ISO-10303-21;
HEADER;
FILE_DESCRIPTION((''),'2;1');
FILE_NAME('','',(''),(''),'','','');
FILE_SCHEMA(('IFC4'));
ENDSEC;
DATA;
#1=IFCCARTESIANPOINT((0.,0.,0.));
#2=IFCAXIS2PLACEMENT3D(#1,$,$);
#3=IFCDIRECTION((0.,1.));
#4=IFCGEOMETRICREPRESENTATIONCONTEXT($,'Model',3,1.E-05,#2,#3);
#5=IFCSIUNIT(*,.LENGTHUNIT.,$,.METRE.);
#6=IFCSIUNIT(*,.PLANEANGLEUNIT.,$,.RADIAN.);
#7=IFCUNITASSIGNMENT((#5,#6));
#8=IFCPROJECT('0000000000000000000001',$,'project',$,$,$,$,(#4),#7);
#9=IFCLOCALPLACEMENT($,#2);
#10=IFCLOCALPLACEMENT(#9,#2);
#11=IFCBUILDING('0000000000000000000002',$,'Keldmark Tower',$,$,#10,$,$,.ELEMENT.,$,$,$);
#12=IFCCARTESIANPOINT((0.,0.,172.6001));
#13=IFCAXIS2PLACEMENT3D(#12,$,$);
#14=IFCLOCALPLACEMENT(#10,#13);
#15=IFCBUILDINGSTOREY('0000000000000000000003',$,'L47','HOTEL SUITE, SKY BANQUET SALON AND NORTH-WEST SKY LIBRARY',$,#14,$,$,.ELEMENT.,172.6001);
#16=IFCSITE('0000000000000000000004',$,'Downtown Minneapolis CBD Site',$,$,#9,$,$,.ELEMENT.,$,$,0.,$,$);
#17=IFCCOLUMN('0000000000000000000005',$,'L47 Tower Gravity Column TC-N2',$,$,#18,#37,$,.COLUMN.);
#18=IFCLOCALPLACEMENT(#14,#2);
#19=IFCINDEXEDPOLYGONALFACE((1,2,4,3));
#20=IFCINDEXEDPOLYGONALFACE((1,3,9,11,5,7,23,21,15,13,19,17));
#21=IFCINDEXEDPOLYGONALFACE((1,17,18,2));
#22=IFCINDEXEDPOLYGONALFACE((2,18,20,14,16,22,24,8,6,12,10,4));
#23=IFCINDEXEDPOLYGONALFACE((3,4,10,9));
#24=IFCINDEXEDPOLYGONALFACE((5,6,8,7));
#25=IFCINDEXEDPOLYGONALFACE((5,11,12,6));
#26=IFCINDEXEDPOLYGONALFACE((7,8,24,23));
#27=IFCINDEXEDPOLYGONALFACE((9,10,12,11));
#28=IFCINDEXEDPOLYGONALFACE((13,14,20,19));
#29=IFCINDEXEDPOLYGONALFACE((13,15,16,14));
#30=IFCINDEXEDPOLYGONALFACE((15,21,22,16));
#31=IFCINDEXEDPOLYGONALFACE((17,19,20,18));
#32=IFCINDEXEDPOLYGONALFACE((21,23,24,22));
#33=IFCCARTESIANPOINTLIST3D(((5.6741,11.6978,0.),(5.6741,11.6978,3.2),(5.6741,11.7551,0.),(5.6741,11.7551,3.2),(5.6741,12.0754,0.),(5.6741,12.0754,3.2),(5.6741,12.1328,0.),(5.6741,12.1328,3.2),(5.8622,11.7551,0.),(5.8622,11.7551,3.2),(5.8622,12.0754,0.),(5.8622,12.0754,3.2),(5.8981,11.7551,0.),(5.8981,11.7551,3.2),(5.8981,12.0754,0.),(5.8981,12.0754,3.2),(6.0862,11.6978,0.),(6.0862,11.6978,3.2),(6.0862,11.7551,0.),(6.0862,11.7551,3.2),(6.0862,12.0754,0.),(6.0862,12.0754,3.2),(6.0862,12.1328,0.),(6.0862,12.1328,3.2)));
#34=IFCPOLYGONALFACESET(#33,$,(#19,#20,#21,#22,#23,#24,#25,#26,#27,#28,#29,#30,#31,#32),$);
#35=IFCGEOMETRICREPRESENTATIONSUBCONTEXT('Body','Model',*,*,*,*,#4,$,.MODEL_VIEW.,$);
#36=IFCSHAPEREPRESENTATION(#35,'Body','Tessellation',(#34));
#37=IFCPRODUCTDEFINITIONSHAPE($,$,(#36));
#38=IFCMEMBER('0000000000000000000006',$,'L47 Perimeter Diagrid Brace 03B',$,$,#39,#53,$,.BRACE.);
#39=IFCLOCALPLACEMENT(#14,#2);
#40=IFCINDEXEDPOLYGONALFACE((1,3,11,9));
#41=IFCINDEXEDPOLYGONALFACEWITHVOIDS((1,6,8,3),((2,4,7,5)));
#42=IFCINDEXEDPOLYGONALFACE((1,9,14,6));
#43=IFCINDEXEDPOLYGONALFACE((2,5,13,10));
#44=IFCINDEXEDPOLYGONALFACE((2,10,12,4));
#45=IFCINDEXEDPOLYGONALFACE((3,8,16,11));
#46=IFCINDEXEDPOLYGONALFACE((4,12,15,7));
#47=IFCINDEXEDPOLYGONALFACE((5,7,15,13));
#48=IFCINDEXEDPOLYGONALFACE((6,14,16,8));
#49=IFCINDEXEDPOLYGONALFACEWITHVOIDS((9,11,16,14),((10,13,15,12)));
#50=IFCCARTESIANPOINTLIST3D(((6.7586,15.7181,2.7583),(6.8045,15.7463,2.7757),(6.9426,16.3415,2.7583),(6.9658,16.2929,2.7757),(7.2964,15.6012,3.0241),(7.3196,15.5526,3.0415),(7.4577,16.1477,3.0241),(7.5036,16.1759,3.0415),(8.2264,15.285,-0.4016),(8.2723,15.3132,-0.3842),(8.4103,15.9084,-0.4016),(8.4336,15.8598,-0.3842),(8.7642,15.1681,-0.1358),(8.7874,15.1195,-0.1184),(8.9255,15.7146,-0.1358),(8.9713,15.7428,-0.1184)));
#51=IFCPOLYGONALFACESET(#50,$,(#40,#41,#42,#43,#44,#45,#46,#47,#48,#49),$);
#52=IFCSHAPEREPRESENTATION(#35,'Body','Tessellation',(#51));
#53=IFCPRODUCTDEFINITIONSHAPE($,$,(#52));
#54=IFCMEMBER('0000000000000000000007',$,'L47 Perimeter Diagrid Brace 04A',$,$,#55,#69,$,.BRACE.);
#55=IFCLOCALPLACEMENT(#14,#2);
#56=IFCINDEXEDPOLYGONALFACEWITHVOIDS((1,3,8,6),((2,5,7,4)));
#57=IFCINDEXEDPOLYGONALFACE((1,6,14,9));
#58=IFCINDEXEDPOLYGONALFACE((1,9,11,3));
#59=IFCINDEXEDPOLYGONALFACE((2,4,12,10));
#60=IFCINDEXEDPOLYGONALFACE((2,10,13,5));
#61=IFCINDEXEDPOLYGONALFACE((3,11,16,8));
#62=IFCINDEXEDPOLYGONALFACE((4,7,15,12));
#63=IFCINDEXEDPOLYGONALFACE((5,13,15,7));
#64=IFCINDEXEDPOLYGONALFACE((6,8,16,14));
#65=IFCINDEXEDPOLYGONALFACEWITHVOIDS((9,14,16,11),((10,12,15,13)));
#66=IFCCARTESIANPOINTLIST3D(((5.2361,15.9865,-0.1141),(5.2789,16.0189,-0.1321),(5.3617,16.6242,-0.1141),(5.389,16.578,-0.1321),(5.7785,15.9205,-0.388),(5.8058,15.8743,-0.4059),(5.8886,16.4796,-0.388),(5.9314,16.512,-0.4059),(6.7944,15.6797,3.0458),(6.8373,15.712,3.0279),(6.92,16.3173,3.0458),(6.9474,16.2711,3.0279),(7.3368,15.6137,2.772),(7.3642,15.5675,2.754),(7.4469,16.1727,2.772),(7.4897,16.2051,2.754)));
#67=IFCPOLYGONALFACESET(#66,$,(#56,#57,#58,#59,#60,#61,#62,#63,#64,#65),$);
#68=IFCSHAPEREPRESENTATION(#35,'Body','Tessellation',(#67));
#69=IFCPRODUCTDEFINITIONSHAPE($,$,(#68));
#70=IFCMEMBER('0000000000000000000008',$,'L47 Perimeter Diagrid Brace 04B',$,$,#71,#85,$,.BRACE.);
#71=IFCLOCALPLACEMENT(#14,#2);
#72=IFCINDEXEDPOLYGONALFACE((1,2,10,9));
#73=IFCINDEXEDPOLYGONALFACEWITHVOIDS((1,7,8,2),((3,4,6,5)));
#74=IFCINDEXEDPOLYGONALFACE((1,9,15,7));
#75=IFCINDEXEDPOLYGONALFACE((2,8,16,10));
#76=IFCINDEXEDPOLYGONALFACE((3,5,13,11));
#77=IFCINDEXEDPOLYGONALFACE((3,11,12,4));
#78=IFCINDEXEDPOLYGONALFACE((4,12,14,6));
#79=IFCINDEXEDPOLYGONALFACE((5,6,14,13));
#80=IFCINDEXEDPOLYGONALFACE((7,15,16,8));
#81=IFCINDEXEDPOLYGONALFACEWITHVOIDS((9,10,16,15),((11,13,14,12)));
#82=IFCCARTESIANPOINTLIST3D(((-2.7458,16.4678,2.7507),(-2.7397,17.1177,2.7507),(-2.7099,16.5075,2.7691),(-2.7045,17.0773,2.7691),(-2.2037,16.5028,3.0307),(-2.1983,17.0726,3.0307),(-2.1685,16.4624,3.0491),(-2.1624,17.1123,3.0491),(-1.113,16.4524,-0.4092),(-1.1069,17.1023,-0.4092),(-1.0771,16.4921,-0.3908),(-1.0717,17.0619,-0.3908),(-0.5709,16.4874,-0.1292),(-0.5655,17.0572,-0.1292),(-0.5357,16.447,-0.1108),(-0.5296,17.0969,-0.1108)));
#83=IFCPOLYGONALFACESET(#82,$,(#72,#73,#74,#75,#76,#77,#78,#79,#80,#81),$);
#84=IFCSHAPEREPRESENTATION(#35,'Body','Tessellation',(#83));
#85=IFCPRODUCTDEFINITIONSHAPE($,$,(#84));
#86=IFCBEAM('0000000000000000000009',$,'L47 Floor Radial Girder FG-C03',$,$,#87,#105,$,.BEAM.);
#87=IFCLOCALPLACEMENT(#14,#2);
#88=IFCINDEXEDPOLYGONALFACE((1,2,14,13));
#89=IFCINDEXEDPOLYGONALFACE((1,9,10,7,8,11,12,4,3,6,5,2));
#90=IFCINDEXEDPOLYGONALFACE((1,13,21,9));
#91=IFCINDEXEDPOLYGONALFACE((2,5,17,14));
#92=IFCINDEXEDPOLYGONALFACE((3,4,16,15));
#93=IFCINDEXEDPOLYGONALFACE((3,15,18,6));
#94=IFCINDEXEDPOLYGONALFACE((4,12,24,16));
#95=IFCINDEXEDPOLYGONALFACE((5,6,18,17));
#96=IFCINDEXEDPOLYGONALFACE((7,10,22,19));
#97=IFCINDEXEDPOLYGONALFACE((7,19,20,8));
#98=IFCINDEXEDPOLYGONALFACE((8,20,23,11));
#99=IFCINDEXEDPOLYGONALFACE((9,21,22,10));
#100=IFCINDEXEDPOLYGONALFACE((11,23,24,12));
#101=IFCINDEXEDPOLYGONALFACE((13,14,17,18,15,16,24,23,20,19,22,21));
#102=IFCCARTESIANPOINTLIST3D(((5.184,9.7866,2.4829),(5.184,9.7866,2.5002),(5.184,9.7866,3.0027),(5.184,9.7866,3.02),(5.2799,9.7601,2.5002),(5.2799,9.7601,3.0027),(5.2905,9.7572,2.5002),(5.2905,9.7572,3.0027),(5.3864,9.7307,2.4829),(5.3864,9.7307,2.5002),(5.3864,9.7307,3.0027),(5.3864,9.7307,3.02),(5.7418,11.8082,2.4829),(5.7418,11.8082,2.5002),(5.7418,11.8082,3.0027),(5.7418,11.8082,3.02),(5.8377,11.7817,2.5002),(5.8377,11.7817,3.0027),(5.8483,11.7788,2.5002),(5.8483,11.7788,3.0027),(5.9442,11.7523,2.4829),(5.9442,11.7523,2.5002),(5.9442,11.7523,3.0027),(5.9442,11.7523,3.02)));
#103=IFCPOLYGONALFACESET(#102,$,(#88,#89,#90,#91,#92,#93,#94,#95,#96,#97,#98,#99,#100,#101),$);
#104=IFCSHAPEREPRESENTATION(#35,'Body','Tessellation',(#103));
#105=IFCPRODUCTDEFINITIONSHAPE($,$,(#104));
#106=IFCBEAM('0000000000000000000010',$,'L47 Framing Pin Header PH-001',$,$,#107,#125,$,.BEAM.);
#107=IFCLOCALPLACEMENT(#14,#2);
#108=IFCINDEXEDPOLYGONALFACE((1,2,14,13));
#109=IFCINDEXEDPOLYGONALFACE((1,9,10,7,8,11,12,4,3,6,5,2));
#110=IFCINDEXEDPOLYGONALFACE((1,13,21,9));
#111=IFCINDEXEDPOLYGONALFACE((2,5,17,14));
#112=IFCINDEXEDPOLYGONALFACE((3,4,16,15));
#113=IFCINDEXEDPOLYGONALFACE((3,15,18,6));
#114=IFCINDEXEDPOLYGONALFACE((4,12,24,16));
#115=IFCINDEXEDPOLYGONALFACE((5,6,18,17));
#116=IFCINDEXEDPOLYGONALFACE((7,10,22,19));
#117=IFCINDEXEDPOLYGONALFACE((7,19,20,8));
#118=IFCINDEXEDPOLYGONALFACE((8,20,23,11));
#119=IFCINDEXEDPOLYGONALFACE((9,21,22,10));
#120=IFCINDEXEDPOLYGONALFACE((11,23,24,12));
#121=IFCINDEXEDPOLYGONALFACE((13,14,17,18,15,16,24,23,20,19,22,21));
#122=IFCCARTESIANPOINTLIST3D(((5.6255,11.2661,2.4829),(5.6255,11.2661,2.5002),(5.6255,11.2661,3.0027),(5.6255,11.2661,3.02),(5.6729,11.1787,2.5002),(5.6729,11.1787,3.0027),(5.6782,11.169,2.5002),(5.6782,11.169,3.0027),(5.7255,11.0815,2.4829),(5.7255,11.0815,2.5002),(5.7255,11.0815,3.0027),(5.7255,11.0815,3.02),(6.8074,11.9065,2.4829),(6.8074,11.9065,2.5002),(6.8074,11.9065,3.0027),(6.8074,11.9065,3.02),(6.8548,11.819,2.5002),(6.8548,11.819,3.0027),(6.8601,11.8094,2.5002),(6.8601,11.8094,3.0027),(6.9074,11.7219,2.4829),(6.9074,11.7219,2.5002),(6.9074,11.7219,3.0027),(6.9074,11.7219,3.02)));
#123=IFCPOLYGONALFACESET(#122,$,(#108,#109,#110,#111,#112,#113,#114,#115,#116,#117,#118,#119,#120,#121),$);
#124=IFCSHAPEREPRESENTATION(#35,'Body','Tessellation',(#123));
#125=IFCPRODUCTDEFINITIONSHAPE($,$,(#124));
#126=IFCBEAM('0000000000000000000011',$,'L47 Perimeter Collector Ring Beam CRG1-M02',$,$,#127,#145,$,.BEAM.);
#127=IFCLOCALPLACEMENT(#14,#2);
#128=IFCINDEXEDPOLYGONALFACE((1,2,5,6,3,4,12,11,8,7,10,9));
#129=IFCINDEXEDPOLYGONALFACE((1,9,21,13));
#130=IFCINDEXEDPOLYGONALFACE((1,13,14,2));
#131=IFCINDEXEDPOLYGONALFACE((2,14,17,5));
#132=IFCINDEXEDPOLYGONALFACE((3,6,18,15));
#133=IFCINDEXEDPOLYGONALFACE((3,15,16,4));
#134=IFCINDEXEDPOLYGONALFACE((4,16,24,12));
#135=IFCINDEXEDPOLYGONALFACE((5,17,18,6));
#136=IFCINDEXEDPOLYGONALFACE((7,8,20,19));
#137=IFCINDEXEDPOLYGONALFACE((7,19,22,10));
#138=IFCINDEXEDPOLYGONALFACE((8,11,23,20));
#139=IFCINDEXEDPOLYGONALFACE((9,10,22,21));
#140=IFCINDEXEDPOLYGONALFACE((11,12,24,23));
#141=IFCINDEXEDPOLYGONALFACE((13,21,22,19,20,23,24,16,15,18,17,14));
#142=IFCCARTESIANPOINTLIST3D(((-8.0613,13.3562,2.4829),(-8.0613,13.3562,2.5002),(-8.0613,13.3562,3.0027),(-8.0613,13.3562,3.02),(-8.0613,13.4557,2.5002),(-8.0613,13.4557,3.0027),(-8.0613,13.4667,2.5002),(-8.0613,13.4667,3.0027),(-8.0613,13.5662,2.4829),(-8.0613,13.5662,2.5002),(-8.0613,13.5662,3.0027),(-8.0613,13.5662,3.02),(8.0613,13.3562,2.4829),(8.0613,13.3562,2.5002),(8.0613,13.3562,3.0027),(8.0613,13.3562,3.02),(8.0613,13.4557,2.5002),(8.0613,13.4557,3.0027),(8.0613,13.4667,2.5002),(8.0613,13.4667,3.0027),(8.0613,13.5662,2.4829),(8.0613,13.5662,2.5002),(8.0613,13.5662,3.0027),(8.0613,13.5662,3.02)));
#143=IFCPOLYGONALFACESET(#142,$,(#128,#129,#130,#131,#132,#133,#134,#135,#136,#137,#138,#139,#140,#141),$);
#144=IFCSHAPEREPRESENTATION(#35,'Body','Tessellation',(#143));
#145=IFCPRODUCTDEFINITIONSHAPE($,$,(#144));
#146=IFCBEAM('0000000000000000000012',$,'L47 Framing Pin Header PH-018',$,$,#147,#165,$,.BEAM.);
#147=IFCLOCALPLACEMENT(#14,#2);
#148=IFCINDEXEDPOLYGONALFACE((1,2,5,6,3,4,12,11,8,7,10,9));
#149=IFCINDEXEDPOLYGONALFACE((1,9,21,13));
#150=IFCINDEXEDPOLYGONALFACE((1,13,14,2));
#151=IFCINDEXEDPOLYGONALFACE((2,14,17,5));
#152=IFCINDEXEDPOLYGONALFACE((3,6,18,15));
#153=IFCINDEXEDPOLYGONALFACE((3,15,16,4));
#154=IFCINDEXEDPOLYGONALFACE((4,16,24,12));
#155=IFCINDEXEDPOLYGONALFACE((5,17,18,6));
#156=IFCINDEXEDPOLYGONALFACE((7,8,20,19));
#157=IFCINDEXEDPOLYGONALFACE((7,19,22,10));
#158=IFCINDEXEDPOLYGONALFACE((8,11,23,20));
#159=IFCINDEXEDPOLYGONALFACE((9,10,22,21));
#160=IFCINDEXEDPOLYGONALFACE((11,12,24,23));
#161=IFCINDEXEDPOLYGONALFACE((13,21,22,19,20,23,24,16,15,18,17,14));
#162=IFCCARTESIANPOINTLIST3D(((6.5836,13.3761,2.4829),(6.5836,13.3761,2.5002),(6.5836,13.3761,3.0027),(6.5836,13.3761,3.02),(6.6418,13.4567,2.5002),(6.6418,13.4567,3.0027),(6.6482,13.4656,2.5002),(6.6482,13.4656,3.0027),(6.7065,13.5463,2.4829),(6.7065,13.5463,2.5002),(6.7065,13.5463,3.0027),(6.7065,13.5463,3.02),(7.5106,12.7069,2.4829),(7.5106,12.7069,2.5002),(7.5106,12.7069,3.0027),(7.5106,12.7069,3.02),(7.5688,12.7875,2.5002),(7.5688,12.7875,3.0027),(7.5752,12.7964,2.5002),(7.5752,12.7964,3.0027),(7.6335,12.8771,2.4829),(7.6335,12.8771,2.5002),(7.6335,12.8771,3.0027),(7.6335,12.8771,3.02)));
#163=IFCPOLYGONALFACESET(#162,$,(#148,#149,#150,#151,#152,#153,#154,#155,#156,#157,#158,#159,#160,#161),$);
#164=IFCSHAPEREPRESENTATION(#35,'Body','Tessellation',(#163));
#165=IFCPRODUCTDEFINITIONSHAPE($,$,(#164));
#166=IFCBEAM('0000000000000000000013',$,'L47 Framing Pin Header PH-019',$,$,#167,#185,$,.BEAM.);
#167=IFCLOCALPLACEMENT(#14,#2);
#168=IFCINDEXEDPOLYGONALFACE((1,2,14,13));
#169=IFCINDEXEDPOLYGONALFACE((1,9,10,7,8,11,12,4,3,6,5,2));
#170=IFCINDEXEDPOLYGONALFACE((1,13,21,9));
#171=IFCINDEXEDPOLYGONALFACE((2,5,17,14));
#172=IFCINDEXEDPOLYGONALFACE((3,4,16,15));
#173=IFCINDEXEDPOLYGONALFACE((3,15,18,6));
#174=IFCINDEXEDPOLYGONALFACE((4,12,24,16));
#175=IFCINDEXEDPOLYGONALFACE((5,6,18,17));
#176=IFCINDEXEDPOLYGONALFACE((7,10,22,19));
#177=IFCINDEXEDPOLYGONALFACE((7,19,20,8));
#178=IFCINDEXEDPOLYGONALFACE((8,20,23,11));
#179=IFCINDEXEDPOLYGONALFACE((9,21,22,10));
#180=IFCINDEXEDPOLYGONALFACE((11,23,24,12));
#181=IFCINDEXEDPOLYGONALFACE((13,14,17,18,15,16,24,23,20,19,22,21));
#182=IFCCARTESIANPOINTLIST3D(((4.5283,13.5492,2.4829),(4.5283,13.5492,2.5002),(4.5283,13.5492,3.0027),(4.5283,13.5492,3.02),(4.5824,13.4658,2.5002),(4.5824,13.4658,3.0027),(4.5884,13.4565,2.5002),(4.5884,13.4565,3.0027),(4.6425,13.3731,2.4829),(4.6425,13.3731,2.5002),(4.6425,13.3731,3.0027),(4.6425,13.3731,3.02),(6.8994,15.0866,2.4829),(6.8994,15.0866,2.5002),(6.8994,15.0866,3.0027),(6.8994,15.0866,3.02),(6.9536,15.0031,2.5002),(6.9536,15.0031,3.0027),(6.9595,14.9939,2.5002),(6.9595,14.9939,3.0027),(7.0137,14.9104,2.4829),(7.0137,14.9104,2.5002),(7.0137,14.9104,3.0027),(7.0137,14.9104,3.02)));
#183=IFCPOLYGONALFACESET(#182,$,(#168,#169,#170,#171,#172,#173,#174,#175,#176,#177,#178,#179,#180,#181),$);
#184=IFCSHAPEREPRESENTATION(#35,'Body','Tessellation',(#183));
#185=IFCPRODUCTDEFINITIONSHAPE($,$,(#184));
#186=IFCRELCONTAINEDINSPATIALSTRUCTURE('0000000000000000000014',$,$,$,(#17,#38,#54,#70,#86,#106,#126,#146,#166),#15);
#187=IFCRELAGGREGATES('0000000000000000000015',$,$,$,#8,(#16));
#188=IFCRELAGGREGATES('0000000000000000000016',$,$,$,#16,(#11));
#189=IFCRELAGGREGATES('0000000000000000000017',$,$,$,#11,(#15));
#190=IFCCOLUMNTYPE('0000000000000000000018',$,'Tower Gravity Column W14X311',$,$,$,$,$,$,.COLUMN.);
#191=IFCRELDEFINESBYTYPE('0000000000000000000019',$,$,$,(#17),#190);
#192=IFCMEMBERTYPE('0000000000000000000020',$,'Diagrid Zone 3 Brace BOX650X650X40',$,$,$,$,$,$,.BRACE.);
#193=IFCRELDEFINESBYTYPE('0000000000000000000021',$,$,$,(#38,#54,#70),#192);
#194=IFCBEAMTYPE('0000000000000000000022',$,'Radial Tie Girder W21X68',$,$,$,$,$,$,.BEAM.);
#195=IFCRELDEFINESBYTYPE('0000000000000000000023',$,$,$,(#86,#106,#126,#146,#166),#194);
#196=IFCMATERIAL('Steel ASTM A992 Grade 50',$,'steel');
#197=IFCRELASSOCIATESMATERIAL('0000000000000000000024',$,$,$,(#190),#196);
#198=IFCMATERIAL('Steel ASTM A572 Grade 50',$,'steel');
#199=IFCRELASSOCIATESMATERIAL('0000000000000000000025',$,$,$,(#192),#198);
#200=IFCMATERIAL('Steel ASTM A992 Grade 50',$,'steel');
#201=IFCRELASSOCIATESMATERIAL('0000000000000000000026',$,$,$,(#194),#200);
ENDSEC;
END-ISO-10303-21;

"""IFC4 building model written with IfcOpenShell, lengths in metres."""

from ifc_helpers import new_model, si_unit, direction, frame, origin, origin_2d, place, context, subcontext, project, spatial, hollow_rectangle, i_section, extrude, material, material_profile, profile_set, type_object, element, save


model = new_model("IFC4")

# Units and contexts
model_context = context("Model", 3, precision=1e-05, world=origin(), true_north=direction((0.0, 1.0)))
body_context = subcontext(model_context, "Body", "Model", "MODEL_VIEW")
ifc_project = project(units=[si_unit("LENGTHUNIT", "METRE"), si_unit("PLANEANGLEUNIT", "RADIAN")], contexts=[model_context])

# Site, building, storey
site_placement = place(None, origin())
site = spatial("IfcSite", under=ifc_project, at=site_placement, Name="Downtown Minneapolis CBD Site", CompositionType="ELEMENT", RefElevation=0.0)
building_placement = place(site_placement, origin())
building = spatial("IfcBuilding", under=site, at=building_placement, Name="Keldmark Tower", CompositionType="ELEMENT")
storey_placement = place(building_placement, frame((0.0, 0.0, 172.6001)))
storey = spatial("IfcBuildingStorey", under=building, at=storey_placement, Name="L47", Description="HOTEL SUITE, SKY BANQUET SALON AND NORTH-WEST SKY LIBRARY", CompositionType="ELEMENT", Elevation=172.6001)

# Column
ifc_material_1 = material(Name="Steel ASTM A992 Grade 50", Category="steel")
ifc_material_profile_1 = material_profile(ifc_material_1, i_section(OverallWidth=0.4121, OverallDepth=0.4351, WebThickness=0.0359, FlangeThickness=0.0574, at=origin_2d()), Name="W14X311")
ifc_profile_set_1 = profile_set([ifc_material_profile_1], Name="Steel ASTM A992 Grade 50")
column_type = type_object("IfcColumnType", Name="Tower Gravity Column W14X311", PredefinedType="COLUMN", material=ifc_profile_set_1)
column_placement = place(storey_placement, frame((5.8801, 11.9153, 0.0), z_axis=(0.0, 0.0, 1.0), x_axis=(1.0, 0.0, 0.0)))
element("IfcColumn", 1, at=column_placement, inside=storey, type_object=column_type, Name="L47 Tower Gravity Column TC-N2", PredefinedType="COLUMN", context=body_context, shape_type="SweptSolid", body=[
    extrude(i_section(OverallWidth=0.4121, OverallDepth=0.4351, WebThickness=0.0359, FlangeThickness=0.0574, at=origin_2d()), origin(), (0.0, 0.0, 1.0), 3.2),
])

# Members
ifc_material_2 = material(Name="Steel ASTM A572 Grade 50", Category="steel")
ifc_material_profile_2 = material_profile(ifc_material_2, hollow_rectangle(XDim=0.6499, YDim=0.6499, WallThickness=0.04, at=origin_2d()), Name="BOX650X650X40")
ifc_profile_set_2 = profile_set([ifc_material_profile_2], Name="Steel ASTM A572 Grade 50")
member_type = type_object("IfcMemberType", Name="Diagrid Zone 3 Brace BOX650X650X40", PredefinedType="BRACE", material=ifc_profile_set_2)
member_1_placement = place(storey_placement, frame((8.5989, 15.5139, -0.26), z_axis=(-0.418052, 0.123357, 0.900008), x_axis=(-0.283013, -0.959116, 0.0)))
element("IfcMember", 2, at=member_1_placement, inside=storey, type_object=member_type, Name="L47 Perimeter Diagrid Brace 03B", PredefinedType="BRACE", context=body_context, shape_type="SweptSolid", body=[
    extrude(hollow_rectangle(XDim=0.6499, YDim=0.6499, WallThickness=0.04, at=origin_2d()), origin(), (0.0, 0.0, 1.0), 3.511),
])
member_2_placement = place(storey_placement, frame((5.5837, 16.2493, -0.26), z_axis=(0.440633, -0.086773, 0.893484), x_axis=(0.193218, 0.981156, 0.0)))
element("IfcMember", 3, at=member_2_placement, inside=storey, type_object=member_type, Name="L47 Perimeter Diagrid Brace 04A", PredefinedType="BRACE", context=body_context, shape_type="SweptSolid", body=[
    extrude(hollow_rectangle(XDim=0.6499, YDim=0.6499, WallThickness=0.04, at=origin_2d()), origin(), (0.0, 0.0, 1.0), 3.5366),
])
member_3_placement = place(storey_placement, frame((-0.8213, 16.7747, -0.26), z_axis=(-0.459058, 0.004324, 0.888396), x_axis=(-0.009419, -0.999956, 0.0)))
element("IfcMember", 4, at=member_3_placement, inside=storey, type_object=member_type, Name="L47 Perimeter Diagrid Brace 04B", PredefinedType="BRACE", context=body_context, shape_type="SweptSolid", body=[
    extrude(hollow_rectangle(XDim=0.6499, YDim=0.6499, WallThickness=0.04, at=origin_2d()), origin(), (0.0, 0.0, 1.0), 3.5569),
])

# Beams
ifc_material_3 = material(Name="Steel ASTM A992 Grade 50", Category="steel")
ifc_material_profile_3 = material_profile(ifc_material_3, i_section(OverallWidth=0.21, OverallDepth=0.5371, WebThickness=0.011, FlangeThickness=0.0173, at=origin_2d()), Name="W21X68")
ifc_profile_set_3 = profile_set([ifc_material_profile_3], Name="Steel ASTM A992 Grade 50")
beam_type_1 = type_object("IfcBeamType", Name="Radial Tie Girder W21X68", PredefinedType="BEAM", material=ifc_profile_set_3)
beam_1_placement = place(storey_placement, frame((5.843, 11.7803, 2.7515), z_axis=(-0.265992, -0.963975, 0.0), x_axis=(0.963975, -0.265992, 0.0)))
element("IfcBeam", 5, at=beam_1_placement, inside=storey, type_object=beam_type_1, Name="L47 Floor Radial Girder FG-C03", PredefinedType="BEAM", context=body_context, shape_type="SweptSolid", body=[
    extrude(i_section(OverallWidth=0.21, OverallDepth=0.5371, WebThickness=0.011, FlangeThickness=0.0173, at=origin_2d()), origin(), (0.0, 0.0, 1.0), 2.0972),
])
beam_2_placement = place(storey_placement, frame((5.6755, 11.1738, 2.7515), z_axis=(0.879232, 0.476394, 0.0), x_axis=(-0.476394, 0.879232, 0.0)))
element("IfcBeam", 6, at=beam_2_placement, inside=storey, type_object=beam_type_1, Name="L47 Framing Pin Header PH-001", PredefinedType="BEAM", context=body_context, shape_type="SweptSolid", body=[
    extrude(i_section(OverallWidth=0.21, OverallDepth=0.5371, WebThickness=0.011, FlangeThickness=0.0173, at=origin_2d()), origin(), (0.0, 0.0, 1.0), 1.3442),
])
beam_3_placement = place(storey_placement, frame((8.0613, 13.4612, 2.7515), z_axis=(-1.0, 0.0, 0.0), x_axis=(0.0, -1.0, 0.0)))
element("IfcBeam", 7, at=beam_3_placement, inside=storey, type_object=beam_type_1, Name="L47 Perimeter Collector Ring Beam CRG1-M02", PredefinedType="BEAM", context=body_context, shape_type="SweptSolid", body=[
    extrude(i_section(OverallWidth=0.21, OverallDepth=0.5371, WebThickness=0.011, FlangeThickness=0.0173, at=origin_2d()), origin(), (0.0, 0.0, 1.0), 16.1226),
])
beam_4_placement = place(storey_placement, frame((7.572, 12.792, 2.7515), z_axis=(-0.810809, 0.585311, 0.0), x_axis=(-0.585311, -0.810809, 0.0)))
element("IfcBeam", 8, at=beam_4_placement, inside=storey, type_object=beam_type_1, Name="L47 Framing Pin Header PH-018", PredefinedType="BEAM", context=body_context, shape_type="SweptSolid", body=[
    extrude(i_section(OverallWidth=0.21, OverallDepth=0.5371, WebThickness=0.011, FlangeThickness=0.0173, at=origin_2d()), origin(), (0.0, 0.0, 1.0), 1.1433),
])
beam_5_placement = place(storey_placement, frame((6.9565, 14.9985, 2.7515), z_axis=(-0.839067, -0.544028, 0.0), x_axis=(0.544028, -0.839067, 0.0)))
element("IfcBeam", 9, at=beam_5_placement, inside=storey, type_object=beam_type_1, Name="L47 Framing Pin Header PH-019", PredefinedType="BEAM", context=body_context, shape_type="SweptSolid", body=[
    extrude(i_section(OverallWidth=0.21, OverallDepth=0.5371, WebThickness=0.011, FlangeThickness=0.0173, at=origin_2d()), origin(), (0.0, 0.0, 1.0), 2.8259),
])

save(model, "model.ifc")
